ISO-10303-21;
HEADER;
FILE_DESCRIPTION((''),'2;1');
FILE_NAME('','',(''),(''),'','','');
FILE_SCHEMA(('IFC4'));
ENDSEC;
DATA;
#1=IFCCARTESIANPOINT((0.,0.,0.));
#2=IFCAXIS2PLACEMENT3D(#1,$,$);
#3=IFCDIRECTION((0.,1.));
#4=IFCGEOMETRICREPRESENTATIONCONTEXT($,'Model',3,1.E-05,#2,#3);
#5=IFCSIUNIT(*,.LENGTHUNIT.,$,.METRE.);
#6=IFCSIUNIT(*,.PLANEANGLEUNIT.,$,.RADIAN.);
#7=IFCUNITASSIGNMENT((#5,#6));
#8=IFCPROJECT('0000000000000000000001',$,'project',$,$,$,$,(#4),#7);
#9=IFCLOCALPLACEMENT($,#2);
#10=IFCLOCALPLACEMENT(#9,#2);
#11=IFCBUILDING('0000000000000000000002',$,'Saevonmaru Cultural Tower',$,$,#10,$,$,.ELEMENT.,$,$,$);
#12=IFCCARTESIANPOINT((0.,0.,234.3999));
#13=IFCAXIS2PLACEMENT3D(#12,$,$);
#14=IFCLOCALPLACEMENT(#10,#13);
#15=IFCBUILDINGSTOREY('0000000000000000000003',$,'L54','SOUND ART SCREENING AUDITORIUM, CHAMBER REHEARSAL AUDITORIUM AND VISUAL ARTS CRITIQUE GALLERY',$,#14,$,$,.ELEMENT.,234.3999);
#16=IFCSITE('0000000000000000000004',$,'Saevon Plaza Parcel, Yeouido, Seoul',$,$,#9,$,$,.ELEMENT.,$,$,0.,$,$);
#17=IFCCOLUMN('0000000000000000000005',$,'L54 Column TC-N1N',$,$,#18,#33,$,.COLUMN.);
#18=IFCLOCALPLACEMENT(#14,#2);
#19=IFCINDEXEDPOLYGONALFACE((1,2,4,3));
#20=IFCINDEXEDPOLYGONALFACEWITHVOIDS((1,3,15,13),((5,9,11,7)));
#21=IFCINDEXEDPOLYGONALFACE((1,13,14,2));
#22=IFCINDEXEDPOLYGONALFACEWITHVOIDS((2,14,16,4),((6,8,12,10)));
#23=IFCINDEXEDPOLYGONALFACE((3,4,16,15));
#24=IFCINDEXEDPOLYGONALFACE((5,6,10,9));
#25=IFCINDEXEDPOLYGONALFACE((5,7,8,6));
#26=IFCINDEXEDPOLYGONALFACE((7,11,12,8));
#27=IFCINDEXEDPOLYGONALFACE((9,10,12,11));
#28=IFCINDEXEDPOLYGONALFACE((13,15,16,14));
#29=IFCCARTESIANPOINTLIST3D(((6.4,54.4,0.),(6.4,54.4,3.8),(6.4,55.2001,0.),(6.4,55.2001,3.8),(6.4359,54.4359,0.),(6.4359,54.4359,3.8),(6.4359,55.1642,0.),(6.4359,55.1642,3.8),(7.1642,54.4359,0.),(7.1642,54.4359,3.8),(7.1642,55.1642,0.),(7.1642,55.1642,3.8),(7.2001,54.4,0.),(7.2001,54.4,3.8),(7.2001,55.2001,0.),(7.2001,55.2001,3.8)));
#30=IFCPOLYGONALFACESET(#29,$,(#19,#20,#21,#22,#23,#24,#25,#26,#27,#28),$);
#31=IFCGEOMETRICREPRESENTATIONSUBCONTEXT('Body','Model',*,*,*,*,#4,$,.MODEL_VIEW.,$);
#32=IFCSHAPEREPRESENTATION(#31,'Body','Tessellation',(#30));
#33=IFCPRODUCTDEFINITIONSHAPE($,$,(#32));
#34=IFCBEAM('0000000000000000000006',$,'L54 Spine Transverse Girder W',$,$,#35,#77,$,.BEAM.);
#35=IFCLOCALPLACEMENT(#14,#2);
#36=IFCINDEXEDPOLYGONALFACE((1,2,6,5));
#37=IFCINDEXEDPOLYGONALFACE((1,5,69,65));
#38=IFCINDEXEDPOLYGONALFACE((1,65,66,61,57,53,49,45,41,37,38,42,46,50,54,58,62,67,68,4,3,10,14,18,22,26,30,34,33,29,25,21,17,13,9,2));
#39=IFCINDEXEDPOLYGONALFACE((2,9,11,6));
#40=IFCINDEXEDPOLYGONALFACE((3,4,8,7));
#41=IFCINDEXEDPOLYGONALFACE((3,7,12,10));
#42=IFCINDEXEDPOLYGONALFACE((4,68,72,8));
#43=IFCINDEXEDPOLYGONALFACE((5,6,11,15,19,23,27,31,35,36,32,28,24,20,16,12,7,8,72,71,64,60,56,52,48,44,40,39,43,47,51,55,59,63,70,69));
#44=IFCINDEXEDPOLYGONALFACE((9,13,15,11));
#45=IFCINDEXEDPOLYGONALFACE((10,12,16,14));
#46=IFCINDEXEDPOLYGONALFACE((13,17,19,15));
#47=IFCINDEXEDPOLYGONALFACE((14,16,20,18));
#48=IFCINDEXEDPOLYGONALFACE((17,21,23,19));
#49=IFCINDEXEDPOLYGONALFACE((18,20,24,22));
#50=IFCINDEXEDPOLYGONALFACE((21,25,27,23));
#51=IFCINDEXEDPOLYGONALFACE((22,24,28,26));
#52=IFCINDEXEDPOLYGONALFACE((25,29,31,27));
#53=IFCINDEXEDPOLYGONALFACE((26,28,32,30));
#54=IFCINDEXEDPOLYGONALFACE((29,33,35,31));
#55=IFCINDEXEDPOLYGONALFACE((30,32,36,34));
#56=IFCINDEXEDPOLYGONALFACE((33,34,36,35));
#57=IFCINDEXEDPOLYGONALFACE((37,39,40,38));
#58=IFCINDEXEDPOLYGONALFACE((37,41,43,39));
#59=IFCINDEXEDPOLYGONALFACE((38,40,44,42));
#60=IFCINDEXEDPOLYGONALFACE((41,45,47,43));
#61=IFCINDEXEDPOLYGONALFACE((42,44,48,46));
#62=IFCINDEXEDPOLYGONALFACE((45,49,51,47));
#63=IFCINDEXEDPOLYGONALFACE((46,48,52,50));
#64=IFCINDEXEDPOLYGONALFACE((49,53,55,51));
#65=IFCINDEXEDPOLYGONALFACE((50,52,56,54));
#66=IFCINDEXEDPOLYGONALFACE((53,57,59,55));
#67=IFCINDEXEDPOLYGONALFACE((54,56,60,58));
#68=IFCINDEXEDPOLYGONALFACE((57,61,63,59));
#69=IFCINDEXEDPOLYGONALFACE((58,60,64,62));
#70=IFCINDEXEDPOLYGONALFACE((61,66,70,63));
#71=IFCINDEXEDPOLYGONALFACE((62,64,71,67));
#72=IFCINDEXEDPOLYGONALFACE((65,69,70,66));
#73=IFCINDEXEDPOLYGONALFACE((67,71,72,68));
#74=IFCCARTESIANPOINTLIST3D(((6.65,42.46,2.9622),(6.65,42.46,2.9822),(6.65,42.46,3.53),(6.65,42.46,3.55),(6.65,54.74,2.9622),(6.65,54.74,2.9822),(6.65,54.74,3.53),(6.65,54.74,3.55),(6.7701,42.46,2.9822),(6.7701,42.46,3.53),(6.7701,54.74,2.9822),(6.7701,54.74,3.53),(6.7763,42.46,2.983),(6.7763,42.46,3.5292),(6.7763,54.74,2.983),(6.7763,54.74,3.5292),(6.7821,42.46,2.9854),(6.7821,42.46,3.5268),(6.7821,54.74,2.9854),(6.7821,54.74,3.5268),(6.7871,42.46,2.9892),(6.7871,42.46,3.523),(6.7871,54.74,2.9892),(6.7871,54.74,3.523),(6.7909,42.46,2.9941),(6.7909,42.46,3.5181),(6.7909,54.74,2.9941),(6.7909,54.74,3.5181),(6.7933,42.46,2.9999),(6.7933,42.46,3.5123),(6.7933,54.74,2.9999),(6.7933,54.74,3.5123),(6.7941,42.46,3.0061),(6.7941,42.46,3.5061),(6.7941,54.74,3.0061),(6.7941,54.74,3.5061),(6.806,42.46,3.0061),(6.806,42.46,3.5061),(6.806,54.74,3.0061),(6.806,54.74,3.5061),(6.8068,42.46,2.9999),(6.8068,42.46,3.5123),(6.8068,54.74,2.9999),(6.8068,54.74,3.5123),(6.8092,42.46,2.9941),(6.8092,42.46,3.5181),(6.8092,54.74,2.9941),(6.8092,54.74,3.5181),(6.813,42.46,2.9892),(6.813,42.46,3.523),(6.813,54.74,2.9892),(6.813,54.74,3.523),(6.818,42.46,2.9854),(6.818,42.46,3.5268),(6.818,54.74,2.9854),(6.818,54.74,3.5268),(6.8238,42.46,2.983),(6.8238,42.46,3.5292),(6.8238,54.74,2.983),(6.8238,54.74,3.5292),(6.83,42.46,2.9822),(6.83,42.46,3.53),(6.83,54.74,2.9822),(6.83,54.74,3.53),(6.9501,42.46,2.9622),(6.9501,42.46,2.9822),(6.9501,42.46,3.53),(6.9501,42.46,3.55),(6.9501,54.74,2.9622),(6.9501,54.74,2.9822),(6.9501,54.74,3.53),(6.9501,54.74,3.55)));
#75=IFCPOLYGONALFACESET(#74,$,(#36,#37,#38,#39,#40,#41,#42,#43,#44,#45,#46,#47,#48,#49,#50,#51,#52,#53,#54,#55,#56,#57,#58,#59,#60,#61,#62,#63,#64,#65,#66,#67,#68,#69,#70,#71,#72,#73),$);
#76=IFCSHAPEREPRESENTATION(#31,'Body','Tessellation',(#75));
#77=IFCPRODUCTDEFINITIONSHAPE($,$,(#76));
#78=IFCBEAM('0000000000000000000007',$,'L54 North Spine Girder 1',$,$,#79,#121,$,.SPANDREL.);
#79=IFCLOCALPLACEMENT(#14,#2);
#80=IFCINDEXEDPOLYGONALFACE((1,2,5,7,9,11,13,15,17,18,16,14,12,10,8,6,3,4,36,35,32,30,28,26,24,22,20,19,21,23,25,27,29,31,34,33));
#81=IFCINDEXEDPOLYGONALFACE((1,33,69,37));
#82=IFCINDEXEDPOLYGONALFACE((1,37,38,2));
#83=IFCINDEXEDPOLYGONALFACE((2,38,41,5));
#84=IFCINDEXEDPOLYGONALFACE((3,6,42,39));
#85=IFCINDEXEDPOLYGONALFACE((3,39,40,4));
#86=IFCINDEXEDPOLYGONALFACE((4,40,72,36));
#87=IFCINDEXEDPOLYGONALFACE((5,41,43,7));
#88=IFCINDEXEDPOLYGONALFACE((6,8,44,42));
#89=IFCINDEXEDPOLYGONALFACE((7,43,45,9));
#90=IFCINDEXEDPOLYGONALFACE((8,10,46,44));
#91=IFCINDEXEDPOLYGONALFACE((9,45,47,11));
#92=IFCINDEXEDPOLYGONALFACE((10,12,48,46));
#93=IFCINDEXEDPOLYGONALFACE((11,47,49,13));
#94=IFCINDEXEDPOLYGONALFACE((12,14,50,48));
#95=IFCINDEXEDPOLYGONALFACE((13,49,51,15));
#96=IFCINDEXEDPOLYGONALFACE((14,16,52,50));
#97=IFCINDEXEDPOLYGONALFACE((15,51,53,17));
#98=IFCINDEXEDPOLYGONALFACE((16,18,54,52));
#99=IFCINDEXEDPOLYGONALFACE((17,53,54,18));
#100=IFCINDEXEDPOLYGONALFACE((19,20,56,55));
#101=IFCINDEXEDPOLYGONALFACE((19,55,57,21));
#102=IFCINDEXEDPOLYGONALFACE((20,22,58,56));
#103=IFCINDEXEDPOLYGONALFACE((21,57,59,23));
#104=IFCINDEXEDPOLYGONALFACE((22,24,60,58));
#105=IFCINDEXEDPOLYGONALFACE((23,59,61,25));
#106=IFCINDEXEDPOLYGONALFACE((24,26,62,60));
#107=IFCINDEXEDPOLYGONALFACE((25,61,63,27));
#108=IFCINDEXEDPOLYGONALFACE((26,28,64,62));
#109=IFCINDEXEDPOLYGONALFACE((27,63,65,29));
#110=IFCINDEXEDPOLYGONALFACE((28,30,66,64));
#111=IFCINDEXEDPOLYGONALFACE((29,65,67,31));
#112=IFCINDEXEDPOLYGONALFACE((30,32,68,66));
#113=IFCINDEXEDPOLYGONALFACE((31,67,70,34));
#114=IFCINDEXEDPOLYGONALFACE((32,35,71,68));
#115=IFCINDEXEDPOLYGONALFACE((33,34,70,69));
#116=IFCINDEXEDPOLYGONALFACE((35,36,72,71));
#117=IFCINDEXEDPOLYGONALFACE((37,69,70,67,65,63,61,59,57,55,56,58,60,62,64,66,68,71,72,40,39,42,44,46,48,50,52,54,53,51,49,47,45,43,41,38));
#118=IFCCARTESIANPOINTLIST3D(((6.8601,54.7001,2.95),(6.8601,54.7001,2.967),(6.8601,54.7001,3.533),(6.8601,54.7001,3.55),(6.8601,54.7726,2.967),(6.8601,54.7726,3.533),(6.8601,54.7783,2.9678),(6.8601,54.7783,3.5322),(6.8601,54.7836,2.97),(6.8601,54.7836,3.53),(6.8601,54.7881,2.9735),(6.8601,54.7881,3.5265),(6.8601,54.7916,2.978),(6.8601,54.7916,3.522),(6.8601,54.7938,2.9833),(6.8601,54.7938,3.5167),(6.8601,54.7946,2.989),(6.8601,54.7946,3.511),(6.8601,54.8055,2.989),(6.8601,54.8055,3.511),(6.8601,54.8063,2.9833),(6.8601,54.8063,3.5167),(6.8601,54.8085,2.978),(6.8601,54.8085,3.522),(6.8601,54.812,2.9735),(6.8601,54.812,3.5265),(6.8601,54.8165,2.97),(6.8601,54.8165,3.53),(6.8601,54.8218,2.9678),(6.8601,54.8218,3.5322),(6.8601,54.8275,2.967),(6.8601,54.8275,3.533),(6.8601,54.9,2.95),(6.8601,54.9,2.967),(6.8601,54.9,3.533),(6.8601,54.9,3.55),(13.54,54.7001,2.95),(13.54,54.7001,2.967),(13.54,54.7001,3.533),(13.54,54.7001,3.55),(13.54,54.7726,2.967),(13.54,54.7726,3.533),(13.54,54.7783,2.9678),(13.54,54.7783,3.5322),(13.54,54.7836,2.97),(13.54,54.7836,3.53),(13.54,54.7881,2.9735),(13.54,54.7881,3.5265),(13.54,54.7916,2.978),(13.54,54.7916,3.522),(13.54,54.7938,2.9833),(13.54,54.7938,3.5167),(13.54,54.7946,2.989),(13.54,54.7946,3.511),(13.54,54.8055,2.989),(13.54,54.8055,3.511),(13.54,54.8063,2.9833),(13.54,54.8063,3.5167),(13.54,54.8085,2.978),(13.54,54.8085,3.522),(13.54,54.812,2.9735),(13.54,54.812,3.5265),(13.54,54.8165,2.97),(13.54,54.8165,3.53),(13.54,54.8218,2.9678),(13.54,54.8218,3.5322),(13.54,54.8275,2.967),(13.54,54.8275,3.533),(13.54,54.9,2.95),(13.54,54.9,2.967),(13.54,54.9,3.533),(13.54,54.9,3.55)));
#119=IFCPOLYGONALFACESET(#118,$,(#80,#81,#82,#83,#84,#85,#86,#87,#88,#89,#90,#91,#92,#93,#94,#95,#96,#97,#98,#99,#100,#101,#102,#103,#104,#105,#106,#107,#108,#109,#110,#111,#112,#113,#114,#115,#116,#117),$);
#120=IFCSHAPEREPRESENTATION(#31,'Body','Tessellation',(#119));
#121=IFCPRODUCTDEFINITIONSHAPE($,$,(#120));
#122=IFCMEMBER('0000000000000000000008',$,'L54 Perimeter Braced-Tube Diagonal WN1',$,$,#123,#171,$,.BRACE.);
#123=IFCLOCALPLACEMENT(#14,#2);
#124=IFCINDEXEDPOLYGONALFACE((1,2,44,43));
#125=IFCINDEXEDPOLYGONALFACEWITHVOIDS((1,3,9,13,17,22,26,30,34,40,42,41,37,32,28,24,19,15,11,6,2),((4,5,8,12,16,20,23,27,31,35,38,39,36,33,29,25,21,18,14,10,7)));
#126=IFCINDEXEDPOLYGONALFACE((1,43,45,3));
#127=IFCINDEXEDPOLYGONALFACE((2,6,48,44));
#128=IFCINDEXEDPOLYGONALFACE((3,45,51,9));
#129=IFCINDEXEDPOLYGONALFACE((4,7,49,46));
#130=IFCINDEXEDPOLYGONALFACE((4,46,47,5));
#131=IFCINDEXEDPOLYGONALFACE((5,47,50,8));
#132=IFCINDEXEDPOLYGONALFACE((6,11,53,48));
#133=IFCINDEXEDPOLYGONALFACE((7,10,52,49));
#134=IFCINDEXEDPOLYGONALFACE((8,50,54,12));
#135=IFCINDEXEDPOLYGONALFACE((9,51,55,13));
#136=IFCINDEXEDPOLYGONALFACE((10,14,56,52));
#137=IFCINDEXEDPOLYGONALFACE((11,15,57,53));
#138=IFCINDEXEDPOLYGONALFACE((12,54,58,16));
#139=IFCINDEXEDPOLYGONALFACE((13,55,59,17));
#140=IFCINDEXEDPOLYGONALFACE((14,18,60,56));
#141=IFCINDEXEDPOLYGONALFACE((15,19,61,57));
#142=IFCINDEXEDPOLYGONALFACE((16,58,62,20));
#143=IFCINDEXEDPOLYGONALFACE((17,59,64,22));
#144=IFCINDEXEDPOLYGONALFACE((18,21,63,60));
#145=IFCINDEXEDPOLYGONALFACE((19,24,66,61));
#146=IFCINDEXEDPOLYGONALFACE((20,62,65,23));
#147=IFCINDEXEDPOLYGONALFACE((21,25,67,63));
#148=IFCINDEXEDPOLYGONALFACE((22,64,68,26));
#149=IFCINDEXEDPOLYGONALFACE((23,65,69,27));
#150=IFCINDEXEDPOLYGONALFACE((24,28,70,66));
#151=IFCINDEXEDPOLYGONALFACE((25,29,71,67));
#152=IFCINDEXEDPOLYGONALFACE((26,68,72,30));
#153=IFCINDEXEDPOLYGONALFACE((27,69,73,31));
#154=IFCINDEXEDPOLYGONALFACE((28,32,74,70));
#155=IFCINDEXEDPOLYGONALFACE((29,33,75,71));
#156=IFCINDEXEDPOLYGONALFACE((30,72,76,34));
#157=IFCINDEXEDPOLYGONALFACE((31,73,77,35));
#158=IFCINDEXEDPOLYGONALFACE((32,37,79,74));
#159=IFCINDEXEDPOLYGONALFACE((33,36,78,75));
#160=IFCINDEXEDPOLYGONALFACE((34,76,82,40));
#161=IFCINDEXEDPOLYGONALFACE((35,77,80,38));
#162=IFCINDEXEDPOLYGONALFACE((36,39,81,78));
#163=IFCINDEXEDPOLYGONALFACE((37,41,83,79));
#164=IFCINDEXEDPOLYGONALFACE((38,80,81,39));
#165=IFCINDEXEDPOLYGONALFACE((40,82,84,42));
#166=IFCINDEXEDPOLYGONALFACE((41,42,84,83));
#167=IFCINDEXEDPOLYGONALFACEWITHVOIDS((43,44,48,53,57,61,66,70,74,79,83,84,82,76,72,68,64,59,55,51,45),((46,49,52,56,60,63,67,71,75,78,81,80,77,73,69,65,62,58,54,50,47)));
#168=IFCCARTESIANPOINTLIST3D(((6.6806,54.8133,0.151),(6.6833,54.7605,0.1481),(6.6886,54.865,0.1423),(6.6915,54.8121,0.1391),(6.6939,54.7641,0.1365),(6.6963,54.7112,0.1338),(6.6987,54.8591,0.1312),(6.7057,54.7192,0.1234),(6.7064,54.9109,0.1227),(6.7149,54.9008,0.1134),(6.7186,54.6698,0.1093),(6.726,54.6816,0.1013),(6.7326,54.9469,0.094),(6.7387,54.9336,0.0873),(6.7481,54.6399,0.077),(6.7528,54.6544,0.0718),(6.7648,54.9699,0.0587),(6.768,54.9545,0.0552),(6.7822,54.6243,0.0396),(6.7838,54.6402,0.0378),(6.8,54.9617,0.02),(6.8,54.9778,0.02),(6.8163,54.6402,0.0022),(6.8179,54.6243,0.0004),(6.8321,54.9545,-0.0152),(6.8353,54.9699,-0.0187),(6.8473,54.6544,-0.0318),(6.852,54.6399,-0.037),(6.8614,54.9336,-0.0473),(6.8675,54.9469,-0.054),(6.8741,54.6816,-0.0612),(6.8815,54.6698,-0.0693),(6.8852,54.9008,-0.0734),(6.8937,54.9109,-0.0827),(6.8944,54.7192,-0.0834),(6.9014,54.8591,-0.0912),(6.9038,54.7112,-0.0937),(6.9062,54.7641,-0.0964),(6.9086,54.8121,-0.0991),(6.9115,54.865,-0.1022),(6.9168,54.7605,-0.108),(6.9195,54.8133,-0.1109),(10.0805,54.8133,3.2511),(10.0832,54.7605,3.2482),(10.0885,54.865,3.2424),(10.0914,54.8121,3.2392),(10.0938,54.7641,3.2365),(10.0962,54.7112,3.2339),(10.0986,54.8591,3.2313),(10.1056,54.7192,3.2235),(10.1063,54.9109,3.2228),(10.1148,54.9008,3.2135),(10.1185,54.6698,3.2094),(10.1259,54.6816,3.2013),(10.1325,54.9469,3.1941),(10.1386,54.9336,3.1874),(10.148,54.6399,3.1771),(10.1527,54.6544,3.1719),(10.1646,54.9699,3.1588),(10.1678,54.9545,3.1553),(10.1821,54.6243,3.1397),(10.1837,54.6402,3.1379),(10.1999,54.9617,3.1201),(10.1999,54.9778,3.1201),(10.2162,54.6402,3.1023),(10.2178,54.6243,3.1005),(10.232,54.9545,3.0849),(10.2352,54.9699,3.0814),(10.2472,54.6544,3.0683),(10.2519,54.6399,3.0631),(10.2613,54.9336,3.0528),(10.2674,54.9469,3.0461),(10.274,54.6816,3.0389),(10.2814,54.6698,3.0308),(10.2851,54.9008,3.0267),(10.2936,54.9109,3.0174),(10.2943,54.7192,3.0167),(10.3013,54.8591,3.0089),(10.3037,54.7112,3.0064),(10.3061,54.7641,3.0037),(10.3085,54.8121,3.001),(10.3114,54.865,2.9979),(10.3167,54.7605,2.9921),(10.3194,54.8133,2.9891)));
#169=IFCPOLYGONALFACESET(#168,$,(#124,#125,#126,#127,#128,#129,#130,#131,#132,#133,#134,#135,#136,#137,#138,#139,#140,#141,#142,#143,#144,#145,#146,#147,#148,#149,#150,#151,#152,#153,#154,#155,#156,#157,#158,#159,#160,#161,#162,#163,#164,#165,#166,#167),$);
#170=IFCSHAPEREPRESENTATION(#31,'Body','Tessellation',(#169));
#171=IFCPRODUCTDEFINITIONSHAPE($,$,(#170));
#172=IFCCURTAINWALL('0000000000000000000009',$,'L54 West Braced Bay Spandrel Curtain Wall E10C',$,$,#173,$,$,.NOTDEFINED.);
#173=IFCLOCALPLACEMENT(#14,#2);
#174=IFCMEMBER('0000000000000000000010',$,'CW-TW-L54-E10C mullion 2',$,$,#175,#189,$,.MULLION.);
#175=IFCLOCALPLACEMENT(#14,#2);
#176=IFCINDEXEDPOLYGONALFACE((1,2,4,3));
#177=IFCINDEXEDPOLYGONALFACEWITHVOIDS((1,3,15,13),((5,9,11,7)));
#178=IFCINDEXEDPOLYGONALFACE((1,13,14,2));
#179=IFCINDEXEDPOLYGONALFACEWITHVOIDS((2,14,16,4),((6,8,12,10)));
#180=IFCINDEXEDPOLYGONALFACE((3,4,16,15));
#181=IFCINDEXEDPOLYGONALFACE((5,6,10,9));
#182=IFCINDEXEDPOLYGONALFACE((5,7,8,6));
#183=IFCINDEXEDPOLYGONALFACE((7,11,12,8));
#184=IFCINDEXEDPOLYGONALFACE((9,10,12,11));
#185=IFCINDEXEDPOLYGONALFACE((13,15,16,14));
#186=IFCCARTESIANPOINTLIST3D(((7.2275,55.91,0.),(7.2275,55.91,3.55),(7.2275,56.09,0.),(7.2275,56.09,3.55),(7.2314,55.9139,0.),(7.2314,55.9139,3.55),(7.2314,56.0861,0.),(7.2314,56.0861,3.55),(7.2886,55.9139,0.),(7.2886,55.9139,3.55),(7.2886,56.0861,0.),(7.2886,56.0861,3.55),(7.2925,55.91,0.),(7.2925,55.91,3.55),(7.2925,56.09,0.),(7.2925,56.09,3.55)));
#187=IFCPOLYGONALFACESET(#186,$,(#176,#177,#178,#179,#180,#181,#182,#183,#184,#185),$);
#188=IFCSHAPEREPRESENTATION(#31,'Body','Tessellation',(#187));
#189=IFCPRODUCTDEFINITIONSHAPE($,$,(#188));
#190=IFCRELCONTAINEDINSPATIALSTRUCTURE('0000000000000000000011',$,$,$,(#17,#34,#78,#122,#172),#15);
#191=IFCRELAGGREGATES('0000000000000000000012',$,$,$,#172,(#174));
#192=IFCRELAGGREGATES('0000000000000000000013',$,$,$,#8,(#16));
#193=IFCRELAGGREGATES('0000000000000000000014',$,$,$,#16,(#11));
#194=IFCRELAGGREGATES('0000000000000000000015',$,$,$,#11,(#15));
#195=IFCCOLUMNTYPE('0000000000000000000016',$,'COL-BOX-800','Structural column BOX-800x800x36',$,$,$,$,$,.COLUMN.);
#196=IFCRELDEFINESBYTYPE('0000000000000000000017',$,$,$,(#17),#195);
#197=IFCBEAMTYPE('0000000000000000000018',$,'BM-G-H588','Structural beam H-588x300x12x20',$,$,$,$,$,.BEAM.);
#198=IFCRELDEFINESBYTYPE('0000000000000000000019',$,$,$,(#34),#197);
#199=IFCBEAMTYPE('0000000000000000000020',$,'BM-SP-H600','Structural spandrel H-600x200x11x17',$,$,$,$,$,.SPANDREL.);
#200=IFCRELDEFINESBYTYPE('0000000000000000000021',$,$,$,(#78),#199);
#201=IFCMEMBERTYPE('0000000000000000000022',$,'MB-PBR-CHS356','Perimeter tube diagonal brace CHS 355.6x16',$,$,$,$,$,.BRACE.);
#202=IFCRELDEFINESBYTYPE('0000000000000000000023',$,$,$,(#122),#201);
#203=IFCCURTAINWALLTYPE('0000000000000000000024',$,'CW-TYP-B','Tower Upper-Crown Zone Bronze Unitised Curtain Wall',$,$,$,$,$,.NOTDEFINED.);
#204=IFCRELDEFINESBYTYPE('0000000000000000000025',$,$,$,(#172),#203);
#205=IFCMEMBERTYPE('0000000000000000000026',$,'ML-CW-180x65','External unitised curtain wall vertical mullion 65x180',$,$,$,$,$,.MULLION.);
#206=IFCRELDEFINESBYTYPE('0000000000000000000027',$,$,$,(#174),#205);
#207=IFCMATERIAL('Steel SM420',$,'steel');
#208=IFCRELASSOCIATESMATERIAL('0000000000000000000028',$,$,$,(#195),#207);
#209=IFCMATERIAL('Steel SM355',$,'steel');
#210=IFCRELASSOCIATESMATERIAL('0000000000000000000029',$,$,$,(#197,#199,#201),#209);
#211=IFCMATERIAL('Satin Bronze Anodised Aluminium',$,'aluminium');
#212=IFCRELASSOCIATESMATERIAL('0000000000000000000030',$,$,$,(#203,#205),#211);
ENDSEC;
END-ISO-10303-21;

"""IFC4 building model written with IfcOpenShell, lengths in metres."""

from ifc_helpers import new_model, si_unit, direction, frame, origin, origin_2d, place, context, subcontext, project, spatial, hollow_rectangle, hollow_circle, i_section, extrude, material, material_profile, profile_set, type_object, element, aggregate, save


model = new_model("IFC4")

# Units and contexts
model_context = context("Model", 3, precision=1e-05, world=origin(), true_north=direction((0.0, 1.0)))
body_context = subcontext(model_context, "Body", "Model", "MODEL_VIEW")
ifc_project = project(units=[si_unit("LENGTHUNIT", "METRE"), si_unit("PLANEANGLEUNIT", "RADIAN")], contexts=[model_context])

# Site, building, storey
site_placement = place(None, origin())
site = spatial("IfcSite", under=ifc_project, at=site_placement, Name="Saevon Plaza Parcel, Yeouido, Seoul", CompositionType="ELEMENT", RefElevation=0.0)
building_placement = place(site_placement, origin())
building = spatial("IfcBuilding", under=site, at=building_placement, Name="Saevonmaru Cultural Tower", CompositionType="ELEMENT")
storey_placement = place(building_placement, frame((0.0, 0.0, 234.3999)))
storey = spatial("IfcBuildingStorey", under=building, at=storey_placement, Name="L54", Description="SOUND ART SCREENING AUDITORIUM, CHAMBER REHEARSAL AUDITORIUM AND VISUAL ARTS CRITIQUE GALLERY", CompositionType="ELEMENT", Elevation=234.3999)

# Column
ifc_material_1 = material(Name="Steel SM420", Category="steel")
ifc_material_profile_1 = material_profile(ifc_material_1, hollow_rectangle(XDim=0.8, YDim=0.8, WallThickness=0.0359, at=origin_2d()), Name="BOX-800x800x36")
ifc_profile_set_1 = profile_set([ifc_material_profile_1], Name="Steel SM420")
column_type = type_object("IfcColumnType", Name="COL-BOX-800", Description="Structural column BOX-800x800x36", PredefinedType="COLUMN", material=ifc_profile_set_1)
column_placement = place(storey_placement, frame((6.8, 54.8, 0.0), z_axis=(0.0, 0.0, 1.0), x_axis=(1.0, 0.0, 0.0)))
element("IfcColumn", 1, at=column_placement, inside=storey, type_object=column_type, Name="L54 Column TC-N1N", PredefinedType="COLUMN", context=body_context, shape_type="SweptSolid", body=[
    extrude(hollow_rectangle(XDim=0.8, YDim=0.8, WallThickness=0.0359, at=origin_2d()), origin(), (0.0, 0.0, 1.0), 3.8),
])

# Beams
ifc_material_2 = material(Name="Steel SM355", Category="steel")
ifc_material_profile_2 = material_profile(ifc_material_2, i_section(OverallWidth=0.3, OverallDepth=0.5879, WebThickness=0.012, FlangeThickness=0.02, FilletRadius=0.0239, at=origin_2d()), Name="H-588x300x12x20")
ifc_profile_set_2 = profile_set([ifc_material_profile_2], Name="Steel SM355")
beam_type_1 = type_object("IfcBeamType", Name="BM-G-H588", Description="Structural beam H-588x300x12x20", PredefinedType="BEAM", material=ifc_profile_set_2)
beam_1_placement = place(storey_placement, frame((6.8, 54.74, 3.2561), z_axis=(0.0, -1.0, 0.0), x_axis=(1.0, 0.0, 0.0)))
element("IfcBeam", 2, at=beam_1_placement, inside=storey, type_object=beam_type_1, Name="L54 Spine Transverse Girder W", PredefinedType="BEAM", context=body_context, shape_type="SweptSolid", body=[
    extrude(i_section(OverallWidth=0.3, OverallDepth=0.5879, WebThickness=0.012, FlangeThickness=0.02, FilletRadius=0.0239, at=origin_2d()), origin(), (0.0, 0.0, 1.0), 12.28),
])
ifc_material_profile_3 = material_profile(ifc_material_2, i_section(OverallWidth=0.2, OverallDepth=0.6001, WebThickness=0.011, FlangeThickness=0.0171, FilletRadius=0.022, at=origin_2d()), Name="H-600x200x11x17")
ifc_profile_set_3 = profile_set([ifc_material_profile_3], Name="Steel SM355")
beam_type_2 = type_object("IfcBeamType", Name="BM-SP-H600", Description="Structural spandrel H-600x200x11x17", PredefinedType="SPANDREL", material=ifc_profile_set_3)
beam_2_placement = place(storey_placement, frame((6.8601, 54.8, 3.25), z_axis=(1.0, 0.0, 0.0), x_axis=(0.0, 1.0, 0.0)))
element("IfcBeam", 3, at=beam_2_placement, inside=storey, type_object=beam_type_2, Name="L54 North Spine Girder 1", PredefinedType="SPANDREL", context=body_context, shape_type="SweptSolid", body=[
    extrude(i_section(OverallWidth=0.2, OverallDepth=0.6001, WebThickness=0.011, FlangeThickness=0.0171, FilletRadius=0.022, at=origin_2d()), origin(), (0.0, 0.0, 1.0), 6.6799),
])

# Member
ifc_material_profile_4 = material_profile(ifc_material_2, hollow_circle(Radius=0.1777, WallThickness=0.0161, at=origin_2d()), Name="CHS-355.6x16")
ifc_profile_set_4 = profile_set([ifc_material_profile_4], Name="Steel SM355")
member_type_1 = type_object("IfcMemberType", Name="MB-PBR-CHS356", Description="Perimeter tube diagonal brace CHS 355.6x16", PredefinedType="BRACE", material=ifc_profile_set_4)
member_1_placement = place(storey_placement, frame((6.8, 54.8, 0.02), z_axis=(0.738936, 0.0, 0.673776), x_axis=(0.0, 1.0, 0.0)))
element("IfcMember", 4, at=member_1_placement, inside=storey, type_object=member_type_1, Name="L54 Perimeter Braced-Tube Diagonal WN1", PredefinedType="BRACE", context=body_context, shape_type="SweptSolid", body=[
    extrude(hollow_circle(Radius=0.1777, WallThickness=0.0161, at=origin_2d()), origin(), (0.0, 0.0, 1.0), 4.6011),
])

# Curtain wall, member
ifc_material_3 = material(Name="Satin Bronze Anodised Aluminium", Category="aluminium")
curtain_wall_type = type_object("IfcCurtainWallType", Name="CW-TYP-B", Description="Tower Upper-Crown Zone Bronze Unitised Curtain Wall", PredefinedType="NOTDEFINED", material=ifc_material_3)
curtain_wall_1_placement = place(storey_placement, origin())
curtain_wall_1 = element("IfcCurtainWall", 5, at=curtain_wall_1_placement, inside=storey, type_object=curtain_wall_type, Name="L54 West Braced Bay Spandrel Curtain Wall E10C", PredefinedType="NOTDEFINED")
ifc_material_profile_5 = material_profile(ifc_material_3, hollow_rectangle(XDim=0.0649, YDim=0.1799, WallThickness=0.0039, at=origin_2d()), Name="ALU-MULL-180x65x4")
ifc_profile_set_5 = profile_set([ifc_material_profile_5], Name="Satin Bronze Anodised Aluminium")
member_type_2 = type_object("IfcMemberType", Name="ML-CW-180x65", Description="External unitised curtain wall vertical mullion 65x180", PredefinedType="MULLION", material=ifc_profile_set_5)
member_2_placement = place(storey_placement, frame((7.26, 56.0, 0.0), z_axis=(0.0, 0.0, 1.0), x_axis=(-1.0, 0.0, 0.0)))
member_2 = element("IfcMember", 6, at=member_2_placement, type_object=member_type_2, Name="CW-TW-L54-E10C mullion 2", PredefinedType="MULLION", context=body_context, shape_type="SweptSolid", body=[
    extrude(hollow_rectangle(XDim=0.0649, YDim=0.1799, WallThickness=0.0039, at=origin_2d()), origin(), (0.0, 0.0, 1.0), 3.55),
])

aggregate(curtain_wall_1, [member_2])

save(model, "model.ifc")
